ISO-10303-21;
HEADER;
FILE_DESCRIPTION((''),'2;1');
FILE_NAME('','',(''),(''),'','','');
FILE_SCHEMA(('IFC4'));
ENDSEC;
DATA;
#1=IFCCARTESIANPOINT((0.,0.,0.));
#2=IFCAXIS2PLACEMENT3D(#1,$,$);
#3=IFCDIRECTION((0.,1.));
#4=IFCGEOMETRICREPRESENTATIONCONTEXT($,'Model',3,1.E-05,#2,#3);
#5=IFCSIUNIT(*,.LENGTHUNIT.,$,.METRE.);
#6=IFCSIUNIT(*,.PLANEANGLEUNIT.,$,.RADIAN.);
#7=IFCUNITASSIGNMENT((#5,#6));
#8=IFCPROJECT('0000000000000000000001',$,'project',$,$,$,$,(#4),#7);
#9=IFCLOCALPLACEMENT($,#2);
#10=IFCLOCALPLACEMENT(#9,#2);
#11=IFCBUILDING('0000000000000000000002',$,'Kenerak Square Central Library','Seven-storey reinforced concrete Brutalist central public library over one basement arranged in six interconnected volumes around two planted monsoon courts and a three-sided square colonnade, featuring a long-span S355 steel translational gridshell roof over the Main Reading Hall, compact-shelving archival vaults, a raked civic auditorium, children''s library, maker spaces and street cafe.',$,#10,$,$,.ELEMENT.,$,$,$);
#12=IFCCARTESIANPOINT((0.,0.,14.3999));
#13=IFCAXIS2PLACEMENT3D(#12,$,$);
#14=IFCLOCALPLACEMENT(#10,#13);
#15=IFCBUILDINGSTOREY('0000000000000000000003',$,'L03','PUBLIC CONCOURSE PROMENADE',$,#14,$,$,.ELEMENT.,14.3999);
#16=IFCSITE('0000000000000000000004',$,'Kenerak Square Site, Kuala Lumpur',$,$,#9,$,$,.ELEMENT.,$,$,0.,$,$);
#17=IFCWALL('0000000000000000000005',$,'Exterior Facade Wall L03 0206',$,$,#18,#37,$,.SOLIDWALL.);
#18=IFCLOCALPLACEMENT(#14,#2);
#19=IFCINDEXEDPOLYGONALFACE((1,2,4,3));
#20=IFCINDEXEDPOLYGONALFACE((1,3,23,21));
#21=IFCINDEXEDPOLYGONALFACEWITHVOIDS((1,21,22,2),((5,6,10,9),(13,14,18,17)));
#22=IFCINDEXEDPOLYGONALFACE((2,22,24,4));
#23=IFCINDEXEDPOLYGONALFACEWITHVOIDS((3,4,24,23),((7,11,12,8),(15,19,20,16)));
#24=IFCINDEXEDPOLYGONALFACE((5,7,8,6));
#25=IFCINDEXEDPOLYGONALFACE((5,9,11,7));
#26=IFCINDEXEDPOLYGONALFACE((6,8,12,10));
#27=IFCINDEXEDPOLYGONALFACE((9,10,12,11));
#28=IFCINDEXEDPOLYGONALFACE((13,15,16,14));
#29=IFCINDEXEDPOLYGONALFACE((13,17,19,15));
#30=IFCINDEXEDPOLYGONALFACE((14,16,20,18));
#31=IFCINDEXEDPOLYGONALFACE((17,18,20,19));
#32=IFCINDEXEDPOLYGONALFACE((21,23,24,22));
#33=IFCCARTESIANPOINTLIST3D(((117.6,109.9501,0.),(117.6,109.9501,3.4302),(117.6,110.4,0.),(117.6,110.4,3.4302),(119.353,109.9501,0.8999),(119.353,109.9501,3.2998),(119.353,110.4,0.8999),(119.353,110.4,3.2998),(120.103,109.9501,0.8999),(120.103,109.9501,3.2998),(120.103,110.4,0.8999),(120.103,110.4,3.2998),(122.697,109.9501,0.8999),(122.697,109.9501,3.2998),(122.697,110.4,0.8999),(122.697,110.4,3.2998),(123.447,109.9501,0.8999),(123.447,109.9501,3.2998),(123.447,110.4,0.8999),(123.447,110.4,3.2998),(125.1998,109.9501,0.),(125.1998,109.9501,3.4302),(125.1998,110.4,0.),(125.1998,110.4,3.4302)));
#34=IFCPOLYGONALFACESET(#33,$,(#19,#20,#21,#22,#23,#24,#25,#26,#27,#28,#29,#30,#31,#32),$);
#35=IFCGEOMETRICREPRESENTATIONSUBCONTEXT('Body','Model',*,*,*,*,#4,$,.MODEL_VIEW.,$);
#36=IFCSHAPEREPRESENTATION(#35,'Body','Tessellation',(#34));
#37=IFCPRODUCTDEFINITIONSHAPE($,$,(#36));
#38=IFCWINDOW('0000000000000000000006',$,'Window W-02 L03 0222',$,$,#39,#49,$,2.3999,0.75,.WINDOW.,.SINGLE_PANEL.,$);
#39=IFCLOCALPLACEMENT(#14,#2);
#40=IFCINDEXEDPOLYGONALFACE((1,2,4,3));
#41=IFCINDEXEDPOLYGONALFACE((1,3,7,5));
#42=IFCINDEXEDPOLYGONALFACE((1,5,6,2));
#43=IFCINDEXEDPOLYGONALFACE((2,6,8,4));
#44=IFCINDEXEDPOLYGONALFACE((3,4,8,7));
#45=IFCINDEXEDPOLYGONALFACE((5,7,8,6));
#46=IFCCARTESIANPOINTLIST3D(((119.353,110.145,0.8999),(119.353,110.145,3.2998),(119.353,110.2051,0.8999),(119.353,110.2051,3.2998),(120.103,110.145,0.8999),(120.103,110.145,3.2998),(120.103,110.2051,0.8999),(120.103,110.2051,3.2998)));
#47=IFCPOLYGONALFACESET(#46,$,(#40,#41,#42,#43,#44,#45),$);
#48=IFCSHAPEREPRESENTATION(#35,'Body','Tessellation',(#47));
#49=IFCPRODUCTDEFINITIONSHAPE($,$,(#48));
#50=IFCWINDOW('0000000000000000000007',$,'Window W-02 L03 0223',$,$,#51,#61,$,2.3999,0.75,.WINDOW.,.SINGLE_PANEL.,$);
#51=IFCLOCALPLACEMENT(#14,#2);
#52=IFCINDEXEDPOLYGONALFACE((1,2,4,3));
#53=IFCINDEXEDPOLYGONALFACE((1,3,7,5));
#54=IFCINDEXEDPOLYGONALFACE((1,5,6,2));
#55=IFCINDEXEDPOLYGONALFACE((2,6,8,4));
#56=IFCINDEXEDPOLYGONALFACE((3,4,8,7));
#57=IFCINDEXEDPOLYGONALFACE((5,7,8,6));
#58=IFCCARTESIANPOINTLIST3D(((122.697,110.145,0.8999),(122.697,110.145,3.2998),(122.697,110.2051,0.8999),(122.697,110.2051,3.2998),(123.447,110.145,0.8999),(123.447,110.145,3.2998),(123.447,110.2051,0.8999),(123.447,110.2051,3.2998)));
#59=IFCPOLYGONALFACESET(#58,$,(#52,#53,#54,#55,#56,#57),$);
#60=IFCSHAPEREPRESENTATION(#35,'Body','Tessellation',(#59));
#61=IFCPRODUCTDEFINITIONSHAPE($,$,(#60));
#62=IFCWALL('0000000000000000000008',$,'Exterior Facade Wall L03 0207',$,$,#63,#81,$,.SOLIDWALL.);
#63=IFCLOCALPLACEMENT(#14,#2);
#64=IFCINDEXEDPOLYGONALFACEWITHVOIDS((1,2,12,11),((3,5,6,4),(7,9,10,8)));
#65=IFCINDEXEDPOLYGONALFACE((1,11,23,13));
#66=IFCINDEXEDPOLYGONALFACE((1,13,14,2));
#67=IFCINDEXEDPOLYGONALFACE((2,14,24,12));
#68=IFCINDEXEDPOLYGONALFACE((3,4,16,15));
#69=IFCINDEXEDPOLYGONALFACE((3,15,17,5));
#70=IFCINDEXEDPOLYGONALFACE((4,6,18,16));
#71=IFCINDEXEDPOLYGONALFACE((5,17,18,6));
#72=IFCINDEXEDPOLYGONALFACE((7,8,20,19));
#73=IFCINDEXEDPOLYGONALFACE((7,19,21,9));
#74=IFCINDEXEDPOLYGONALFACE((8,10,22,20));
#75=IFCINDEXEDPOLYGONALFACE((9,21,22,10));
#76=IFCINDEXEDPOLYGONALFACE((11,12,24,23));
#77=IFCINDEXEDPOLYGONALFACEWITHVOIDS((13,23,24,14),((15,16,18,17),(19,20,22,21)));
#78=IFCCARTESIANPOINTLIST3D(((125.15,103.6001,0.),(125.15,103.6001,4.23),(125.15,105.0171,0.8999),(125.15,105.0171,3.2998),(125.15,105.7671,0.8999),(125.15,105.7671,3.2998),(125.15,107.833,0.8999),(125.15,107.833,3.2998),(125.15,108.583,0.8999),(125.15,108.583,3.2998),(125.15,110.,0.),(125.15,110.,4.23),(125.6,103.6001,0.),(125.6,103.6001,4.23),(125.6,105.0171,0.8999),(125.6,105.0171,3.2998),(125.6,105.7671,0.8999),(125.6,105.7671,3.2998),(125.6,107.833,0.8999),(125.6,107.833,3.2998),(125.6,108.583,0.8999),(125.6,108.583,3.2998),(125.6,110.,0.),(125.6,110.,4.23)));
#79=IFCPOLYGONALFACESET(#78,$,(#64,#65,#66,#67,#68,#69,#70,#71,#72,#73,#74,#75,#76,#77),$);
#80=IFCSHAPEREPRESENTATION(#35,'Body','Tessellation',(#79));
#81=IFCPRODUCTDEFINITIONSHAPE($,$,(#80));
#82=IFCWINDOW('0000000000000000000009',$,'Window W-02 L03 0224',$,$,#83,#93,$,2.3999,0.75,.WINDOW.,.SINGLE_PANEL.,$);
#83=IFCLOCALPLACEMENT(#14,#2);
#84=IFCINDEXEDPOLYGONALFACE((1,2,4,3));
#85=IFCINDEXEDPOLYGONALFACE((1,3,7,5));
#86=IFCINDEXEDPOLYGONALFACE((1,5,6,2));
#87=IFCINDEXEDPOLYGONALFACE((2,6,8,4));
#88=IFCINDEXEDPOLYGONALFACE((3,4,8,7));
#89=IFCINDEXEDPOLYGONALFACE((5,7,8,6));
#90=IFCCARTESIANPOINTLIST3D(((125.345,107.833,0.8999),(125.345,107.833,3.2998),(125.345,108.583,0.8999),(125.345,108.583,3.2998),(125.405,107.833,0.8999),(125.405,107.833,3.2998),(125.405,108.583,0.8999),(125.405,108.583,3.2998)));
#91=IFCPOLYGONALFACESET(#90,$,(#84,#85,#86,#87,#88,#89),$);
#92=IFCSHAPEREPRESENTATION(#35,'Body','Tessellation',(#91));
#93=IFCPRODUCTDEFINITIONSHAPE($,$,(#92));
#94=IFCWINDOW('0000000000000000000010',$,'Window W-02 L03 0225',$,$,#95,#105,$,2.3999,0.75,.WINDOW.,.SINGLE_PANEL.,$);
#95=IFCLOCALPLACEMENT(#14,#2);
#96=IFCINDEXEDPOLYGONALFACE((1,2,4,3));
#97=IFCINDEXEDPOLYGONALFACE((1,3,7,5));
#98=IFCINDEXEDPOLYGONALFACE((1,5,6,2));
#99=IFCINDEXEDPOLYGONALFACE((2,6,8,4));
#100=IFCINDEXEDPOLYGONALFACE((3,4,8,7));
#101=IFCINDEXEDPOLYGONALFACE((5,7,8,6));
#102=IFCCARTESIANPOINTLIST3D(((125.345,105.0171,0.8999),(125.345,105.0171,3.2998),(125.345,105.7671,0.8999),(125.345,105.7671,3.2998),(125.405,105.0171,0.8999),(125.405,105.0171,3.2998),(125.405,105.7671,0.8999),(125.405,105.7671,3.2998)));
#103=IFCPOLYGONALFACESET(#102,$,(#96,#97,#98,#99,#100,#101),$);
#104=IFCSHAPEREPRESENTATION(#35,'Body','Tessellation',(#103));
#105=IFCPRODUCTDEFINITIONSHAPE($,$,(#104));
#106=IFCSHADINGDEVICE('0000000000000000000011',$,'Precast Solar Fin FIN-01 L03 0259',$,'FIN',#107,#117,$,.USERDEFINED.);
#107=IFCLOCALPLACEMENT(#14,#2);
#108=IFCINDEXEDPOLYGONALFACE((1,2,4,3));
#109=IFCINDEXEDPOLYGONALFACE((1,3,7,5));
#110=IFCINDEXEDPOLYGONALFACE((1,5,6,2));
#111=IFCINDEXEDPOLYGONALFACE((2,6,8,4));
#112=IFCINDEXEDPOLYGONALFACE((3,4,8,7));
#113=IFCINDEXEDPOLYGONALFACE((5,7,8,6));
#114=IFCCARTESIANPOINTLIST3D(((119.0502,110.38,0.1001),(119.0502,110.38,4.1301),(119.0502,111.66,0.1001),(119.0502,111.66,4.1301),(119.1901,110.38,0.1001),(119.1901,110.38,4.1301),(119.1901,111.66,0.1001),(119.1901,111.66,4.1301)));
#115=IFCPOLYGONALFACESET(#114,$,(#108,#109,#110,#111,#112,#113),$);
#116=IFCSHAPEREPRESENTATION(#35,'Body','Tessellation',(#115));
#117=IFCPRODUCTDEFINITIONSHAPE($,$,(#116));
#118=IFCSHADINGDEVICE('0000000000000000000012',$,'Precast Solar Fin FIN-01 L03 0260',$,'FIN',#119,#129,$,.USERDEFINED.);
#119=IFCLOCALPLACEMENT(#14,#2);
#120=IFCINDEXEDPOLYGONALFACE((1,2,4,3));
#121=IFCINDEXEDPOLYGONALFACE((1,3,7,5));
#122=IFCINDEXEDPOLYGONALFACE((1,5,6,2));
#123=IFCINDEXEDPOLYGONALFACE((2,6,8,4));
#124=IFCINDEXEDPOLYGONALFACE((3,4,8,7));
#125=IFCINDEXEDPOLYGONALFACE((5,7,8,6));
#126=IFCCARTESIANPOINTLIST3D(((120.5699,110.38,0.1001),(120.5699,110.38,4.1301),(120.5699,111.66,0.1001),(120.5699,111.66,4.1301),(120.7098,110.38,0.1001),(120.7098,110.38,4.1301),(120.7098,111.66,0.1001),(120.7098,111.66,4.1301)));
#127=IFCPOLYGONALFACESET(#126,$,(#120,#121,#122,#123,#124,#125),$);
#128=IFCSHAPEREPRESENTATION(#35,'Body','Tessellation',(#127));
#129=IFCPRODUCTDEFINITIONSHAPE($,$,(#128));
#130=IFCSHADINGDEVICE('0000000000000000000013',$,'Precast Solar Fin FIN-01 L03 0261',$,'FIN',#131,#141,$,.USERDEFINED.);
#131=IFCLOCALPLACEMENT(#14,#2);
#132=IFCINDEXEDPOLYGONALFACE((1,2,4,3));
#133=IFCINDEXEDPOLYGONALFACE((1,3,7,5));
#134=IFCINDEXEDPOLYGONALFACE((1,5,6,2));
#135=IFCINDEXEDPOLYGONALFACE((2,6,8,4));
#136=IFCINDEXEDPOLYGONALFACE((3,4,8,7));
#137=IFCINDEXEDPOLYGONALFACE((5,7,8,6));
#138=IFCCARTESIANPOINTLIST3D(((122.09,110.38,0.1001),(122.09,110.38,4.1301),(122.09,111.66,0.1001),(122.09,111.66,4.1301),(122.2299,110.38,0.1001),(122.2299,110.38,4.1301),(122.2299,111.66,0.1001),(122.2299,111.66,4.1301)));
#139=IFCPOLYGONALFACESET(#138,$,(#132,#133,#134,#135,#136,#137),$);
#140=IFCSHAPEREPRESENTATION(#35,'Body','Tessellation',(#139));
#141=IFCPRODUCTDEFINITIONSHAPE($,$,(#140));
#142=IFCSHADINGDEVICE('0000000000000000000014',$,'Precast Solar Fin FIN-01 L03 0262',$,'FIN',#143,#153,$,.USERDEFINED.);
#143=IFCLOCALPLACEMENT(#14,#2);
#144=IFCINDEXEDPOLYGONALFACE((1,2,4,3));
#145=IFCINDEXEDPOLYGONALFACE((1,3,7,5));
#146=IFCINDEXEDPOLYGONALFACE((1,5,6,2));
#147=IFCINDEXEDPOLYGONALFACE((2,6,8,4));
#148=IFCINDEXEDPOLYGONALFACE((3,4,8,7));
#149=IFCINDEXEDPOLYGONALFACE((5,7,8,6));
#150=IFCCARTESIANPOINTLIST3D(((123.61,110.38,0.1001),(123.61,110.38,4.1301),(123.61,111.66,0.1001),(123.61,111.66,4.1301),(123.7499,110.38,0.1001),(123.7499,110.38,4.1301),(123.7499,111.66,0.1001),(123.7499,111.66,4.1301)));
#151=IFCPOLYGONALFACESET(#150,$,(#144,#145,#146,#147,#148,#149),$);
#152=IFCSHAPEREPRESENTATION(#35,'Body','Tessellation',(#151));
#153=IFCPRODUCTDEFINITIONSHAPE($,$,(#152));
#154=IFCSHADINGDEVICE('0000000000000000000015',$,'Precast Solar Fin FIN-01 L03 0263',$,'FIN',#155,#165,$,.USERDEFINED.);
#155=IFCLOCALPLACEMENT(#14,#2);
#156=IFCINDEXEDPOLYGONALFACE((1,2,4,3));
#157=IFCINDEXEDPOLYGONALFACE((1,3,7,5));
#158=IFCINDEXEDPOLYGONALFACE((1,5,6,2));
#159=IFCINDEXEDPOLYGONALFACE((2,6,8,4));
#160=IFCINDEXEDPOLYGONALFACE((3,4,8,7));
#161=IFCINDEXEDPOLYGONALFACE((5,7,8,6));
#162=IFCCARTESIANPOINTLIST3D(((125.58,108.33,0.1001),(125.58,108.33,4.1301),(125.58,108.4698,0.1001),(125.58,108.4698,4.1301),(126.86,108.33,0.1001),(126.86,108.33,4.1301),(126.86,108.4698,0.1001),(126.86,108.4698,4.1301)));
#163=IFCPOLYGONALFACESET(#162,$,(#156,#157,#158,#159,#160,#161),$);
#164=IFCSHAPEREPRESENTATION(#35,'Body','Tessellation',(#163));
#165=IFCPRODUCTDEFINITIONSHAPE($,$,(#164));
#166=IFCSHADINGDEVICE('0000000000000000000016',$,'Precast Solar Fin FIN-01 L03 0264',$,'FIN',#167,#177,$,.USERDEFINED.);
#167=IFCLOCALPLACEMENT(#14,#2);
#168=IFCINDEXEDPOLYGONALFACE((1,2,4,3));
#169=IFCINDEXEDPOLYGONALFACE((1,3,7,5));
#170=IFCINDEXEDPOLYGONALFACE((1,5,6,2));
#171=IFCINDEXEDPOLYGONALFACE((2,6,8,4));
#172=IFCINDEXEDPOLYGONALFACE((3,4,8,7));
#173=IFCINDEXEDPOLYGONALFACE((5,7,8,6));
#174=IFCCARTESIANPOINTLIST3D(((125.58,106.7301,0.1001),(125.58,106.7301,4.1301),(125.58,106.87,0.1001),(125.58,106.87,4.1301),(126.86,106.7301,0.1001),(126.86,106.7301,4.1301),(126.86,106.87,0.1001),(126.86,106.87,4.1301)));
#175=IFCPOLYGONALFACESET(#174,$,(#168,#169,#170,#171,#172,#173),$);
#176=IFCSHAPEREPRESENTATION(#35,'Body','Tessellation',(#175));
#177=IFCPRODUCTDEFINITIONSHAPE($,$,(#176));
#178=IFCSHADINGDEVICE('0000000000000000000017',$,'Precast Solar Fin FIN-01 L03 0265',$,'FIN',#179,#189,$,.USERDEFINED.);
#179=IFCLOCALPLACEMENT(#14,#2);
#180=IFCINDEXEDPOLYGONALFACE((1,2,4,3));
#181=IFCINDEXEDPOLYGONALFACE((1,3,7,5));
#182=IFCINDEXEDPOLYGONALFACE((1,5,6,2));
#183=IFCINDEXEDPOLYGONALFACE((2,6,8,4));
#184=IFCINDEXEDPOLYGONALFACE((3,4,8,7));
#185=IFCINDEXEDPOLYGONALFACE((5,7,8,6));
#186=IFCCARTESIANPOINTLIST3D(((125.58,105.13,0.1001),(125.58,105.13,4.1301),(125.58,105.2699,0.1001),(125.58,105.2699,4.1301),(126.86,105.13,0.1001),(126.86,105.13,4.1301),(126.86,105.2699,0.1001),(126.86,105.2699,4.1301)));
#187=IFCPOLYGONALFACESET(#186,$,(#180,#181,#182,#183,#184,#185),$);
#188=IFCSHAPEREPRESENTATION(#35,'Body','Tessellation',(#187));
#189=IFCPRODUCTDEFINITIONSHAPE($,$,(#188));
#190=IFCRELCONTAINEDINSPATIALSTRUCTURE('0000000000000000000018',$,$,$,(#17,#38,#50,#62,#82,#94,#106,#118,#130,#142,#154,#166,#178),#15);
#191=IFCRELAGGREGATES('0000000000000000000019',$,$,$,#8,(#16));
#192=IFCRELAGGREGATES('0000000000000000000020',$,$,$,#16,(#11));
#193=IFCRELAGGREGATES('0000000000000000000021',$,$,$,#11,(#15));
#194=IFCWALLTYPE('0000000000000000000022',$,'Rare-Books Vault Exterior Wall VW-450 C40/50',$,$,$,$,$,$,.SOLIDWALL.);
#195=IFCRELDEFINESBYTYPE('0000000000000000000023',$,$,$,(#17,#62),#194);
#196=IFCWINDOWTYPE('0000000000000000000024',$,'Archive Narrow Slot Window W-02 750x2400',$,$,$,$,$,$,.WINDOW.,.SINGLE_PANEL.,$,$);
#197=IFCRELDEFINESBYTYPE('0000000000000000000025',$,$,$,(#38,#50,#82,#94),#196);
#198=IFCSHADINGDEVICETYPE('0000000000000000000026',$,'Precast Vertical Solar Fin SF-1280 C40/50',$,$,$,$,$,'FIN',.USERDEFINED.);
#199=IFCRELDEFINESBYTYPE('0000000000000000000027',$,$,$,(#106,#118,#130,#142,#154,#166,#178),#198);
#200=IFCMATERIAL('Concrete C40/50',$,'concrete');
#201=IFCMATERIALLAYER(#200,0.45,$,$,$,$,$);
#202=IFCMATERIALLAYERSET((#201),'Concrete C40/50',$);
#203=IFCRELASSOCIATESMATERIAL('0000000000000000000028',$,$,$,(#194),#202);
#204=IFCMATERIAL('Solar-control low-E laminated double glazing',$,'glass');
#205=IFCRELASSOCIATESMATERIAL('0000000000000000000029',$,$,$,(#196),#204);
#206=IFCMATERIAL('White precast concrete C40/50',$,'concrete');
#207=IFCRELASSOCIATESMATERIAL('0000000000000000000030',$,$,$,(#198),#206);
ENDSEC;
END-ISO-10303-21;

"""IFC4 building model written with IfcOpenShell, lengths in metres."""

from ifc_helpers import new_model, si_unit, direction, frame, frame_2d, origin, origin_2d, place, context, subcontext, project, spatial, rectangle, extrude, material, layer, layer_set, type_object, element, fill, save


model = new_model("IFC4")

# Units and contexts
model_context = context("Model", 3, precision=1e-05, world=origin(), true_north=direction((0.0, 1.0)))
body_context = subcontext(model_context, "Body", "Model", "MODEL_VIEW")
ifc_project = project(units=[si_unit("LENGTHUNIT", "METRE"), si_unit("PLANEANGLEUNIT", "RADIAN")], contexts=[model_context])

# Site, building, storey
site_placement = place(None, origin())
site = spatial("IfcSite", under=ifc_project, at=site_placement, Name="Kenerak Square Site, Kuala Lumpur", CompositionType="ELEMENT", RefElevation=0.0)
building_placement = place(site_placement, origin())
building = spatial("IfcBuilding", under=site, at=building_placement, Name="Kenerak Square Central Library", Description="Seven-storey reinforced concrete Brutalist central public library over one basement arranged in six interconnected volumes around two planted monsoon courts and a three-sided square colonnade, featuring a long-span S355 steel translational gridshell roof over the Main Reading Hall, compact-shelving archival vaults, a raked civic auditorium, children's library, maker spaces and street cafe.", CompositionType="ELEMENT")
storey_placement = place(building_placement, frame((0.0, 0.0, 14.3999)))
storey = spatial("IfcBuildingStorey", under=building, at=storey_placement, Name="L03", Description="PUBLIC CONCOURSE PROMENADE", CompositionType="ELEMENT", Elevation=14.3999)

# Shared definitions
ifc_material_1 = material(Name="Concrete C40/50", Category="concrete")

# Walls, openings, windows
ifc_layer_1 = layer(ifc_material_1, 0.45)
ifc_layer_set_1 = layer_set([ifc_layer_1], Name="Concrete C40/50")
wall_type_1 = type_object("IfcWallType", Name="Rare-Books Vault Exterior Wall VW-450 C40/50", PredefinedType="SOLIDWALL", material=ifc_layer_set_1)
wall_1_placement = place(storey_placement, frame((117.6001, 110.175, 0.0), z_axis=(0.0, 0.0, 1.0), x_axis=(1.0, 0.0, 0.0)))
wall_1 = element("IfcWall", 1, at=wall_1_placement, inside=storey, type_object=wall_type_1, Name="Exterior Facade Wall L03 0206", PredefinedType="SOLIDWALL", context=body_context, shape_type="SweptSolid", body=[
    extrude(rectangle(XDim=7.5999, YDim=0.45, at=frame_2d((3.7998, 0.0))), origin(), (0.0, 0.0, 1.0), 3.4302),
])
opening_1_placement = place(wall_1_placement, frame((1.7529, 0.0, 0.8999)))
opening_1 = element("IfcOpeningElement", 2, at=opening_1_placement, cuts=wall_1, PredefinedType="OPENING", context=body_context, shape_type="SweptSolid", body=[
    extrude(rectangle(XDim=0.75, YDim=2.3999, at=frame_2d((0.375, 1.2))), frame((0.0, 0.2349, 0.0), z_axis=(0.0, -1.0, 0.0), x_axis=(1.0, 0.0, 0.0)), (0.0, 0.0, 1.0), 0.47),
])
opening_2_placement = place(wall_1_placement, frame((5.0969, 0.0, 0.8999)))
opening_2 = element("IfcOpeningElement", 3, at=opening_2_placement, cuts=wall_1, PredefinedType="OPENING", context=body_context, shape_type="SweptSolid", body=[
    extrude(rectangle(XDim=0.75, YDim=2.3999, at=frame_2d((0.375, 1.2))), frame((0.0, 0.2349, 0.0), z_axis=(0.0, -1.0, 0.0), x_axis=(1.0, 0.0, 0.0)), (0.0, 0.0, 1.0), 0.47),
])
ifc_material_2 = material(Name="Solar-control low-E laminated double glazing", Category="glass")
window_type = type_object("IfcWindowType", Name="Archive Narrow Slot Window W-02 750x2400", PartitioningType="SINGLE_PANEL", PredefinedType="WINDOW", material=ifc_material_2)
window_1_placement = place(opening_1_placement, origin())
window_1 = element("IfcWindow", 4, at=window_1_placement, inside=storey, type_object=window_type, Name="Window W-02 L03 0222", OverallHeight=2.3999, OverallWidth=0.75, PartitioningType="SINGLE_PANEL", PredefinedType="WINDOW", context=body_context, shape_type="SweptSolid", body=[
    extrude(rectangle(XDim=0.75, YDim=2.3999, at=frame_2d((0.375, 1.2))), frame((0.0, 0.03, 0.0), z_axis=(0.0, -1.0, 0.0), x_axis=(1.0, 0.0, 0.0)), (0.0, 0.0, 1.0), 0.0601),
])
fill(opening_1, window_1)
window_2_placement = place(opening_2_placement, origin())
window_2 = element("IfcWindow", 5, at=window_2_placement, inside=storey, type_object=window_type, Name="Window W-02 L03 0223", OverallHeight=2.3999, OverallWidth=0.75, PartitioningType="SINGLE_PANEL", PredefinedType="WINDOW", context=body_context, shape_type="SweptSolid", body=[
    extrude(rectangle(XDim=0.75, YDim=2.3999, at=frame_2d((0.375, 1.2))), frame((0.0, 0.03, 0.0), z_axis=(0.0, -1.0, 0.0), x_axis=(1.0, 0.0, 0.0)), (0.0, 0.0, 1.0), 0.0601),
])
fill(opening_2, window_2)
wall_2_placement = place(storey_placement, frame((125.375, 110.0, 0.0), z_axis=(0.0, 0.0, 1.0), x_axis=(0.0, -1.0, 0.0)))
wall_2 = element("IfcWall", 6, at=wall_2_placement, inside=storey, type_object=wall_type_1, Name="Exterior Facade Wall L03 0207", PredefinedType="SOLIDWALL", context=body_context, shape_type="SweptSolid", body=[
    extrude(rectangle(XDim=6.3999, YDim=0.45, at=frame_2d((3.2, 0.0))), origin(), (0.0, 0.0, 1.0), 4.23),
])
opening_3_placement = place(wall_2_placement, frame((1.417, 0.0, 0.8999)))
opening_3 = element("IfcOpeningElement", 7, at=opening_3_placement, cuts=wall_2, PredefinedType="OPENING", context=body_context, shape_type="SweptSolid", body=[
    extrude(rectangle(XDim=0.75, YDim=2.3999, at=frame_2d((0.375, 1.2))), frame((0.0, 0.2349, 0.0), z_axis=(0.0, -1.0, 0.0), x_axis=(1.0, 0.0, 0.0)), (0.0, 0.0, 1.0), 0.47),
])
opening_4_placement = place(wall_2_placement, frame((4.2329, 0.0, 0.8999)))
opening_4 = element("IfcOpeningElement", 8, at=opening_4_placement, cuts=wall_2, PredefinedType="OPENING", context=body_context, shape_type="SweptSolid", body=[
    extrude(rectangle(XDim=0.75, YDim=2.3999, at=frame_2d((0.375, 1.2))), frame((0.0, 0.2349, 0.0), z_axis=(0.0, -1.0, 0.0), x_axis=(1.0, 0.0, 0.0)), (0.0, 0.0, 1.0), 0.47),
])
window_3_placement = place(opening_3_placement, origin())
window_3 = element("IfcWindow", 9, at=window_3_placement, inside=storey, type_object=window_type, Name="Window W-02 L03 0224", OverallHeight=2.3999, OverallWidth=0.75, PartitioningType="SINGLE_PANEL", PredefinedType="WINDOW", context=body_context, shape_type="SweptSolid", body=[
    extrude(rectangle(XDim=0.75, YDim=2.3999, at=frame_2d((0.375, 1.2))), frame((0.0, 0.03, 0.0), z_axis=(0.0, -1.0, 0.0), x_axis=(1.0, 0.0, 0.0)), (0.0, 0.0, 1.0), 0.0601),
])
fill(opening_3, window_3)
window_4_placement = place(opening_4_placement, origin())
window_4 = element("IfcWindow", 10, at=window_4_placement, inside=storey, type_object=window_type, Name="Window W-02 L03 0225", OverallHeight=2.3999, OverallWidth=0.75, PartitioningType="SINGLE_PANEL", PredefinedType="WINDOW", context=body_context, shape_type="SweptSolid", body=[
    extrude(rectangle(XDim=0.75, YDim=2.3999, at=frame_2d((0.375, 1.2))), frame((0.0, 0.03, 0.0), z_axis=(0.0, -1.0, 0.0), x_axis=(1.0, 0.0, 0.0)), (0.0, 0.0, 1.0), 0.0601),
])
fill(opening_4, window_4)

# Shading devices
ifc_material_3 = material(Name="White precast concrete C40/50", Category="concrete")
shading_device_type = type_object("IfcShadingDeviceType", Name="Precast Vertical Solar Fin SF-1280 C40/50", ElementType="FIN", PredefinedType="USERDEFINED", material=ifc_material_3)
for number, where, z_axis, x_axis, name in (
    (11, (119.1201, 111.02, 0.1001), (0.0, 0.0, 1.0), (1.0, 0.0, 0.0), "Precast Solar Fin FIN-01 L03 0259"),
    (12, (120.6399, 111.02, 0.1001), (0.0, 0.0, 1.0), (1.0, 0.0, 0.0), "Precast Solar Fin FIN-01 L03 0260"),
    (13, (122.1599, 111.02, 0.1001), (0.0, 0.0, 1.0), (1.0, 0.0, 0.0), "Precast Solar Fin FIN-01 L03 0261"),
    (14, (123.6799, 111.02, 0.1001), (0.0, 0.0, 1.0), (1.0, 0.0, 0.0), "Precast Solar Fin FIN-01 L03 0262"),
    (15, (126.22, 108.3999, 0.1001), (0.0, 0.0, 1.0), (0.0, -1.0, 0.0), "Precast Solar Fin FIN-01 L03 0263"),
    (16, (126.22, 106.8, 0.1001), (0.0, 0.0, 1.0), (0.0, -1.0, 0.0), "Precast Solar Fin FIN-01 L03 0264"),
    (17, (126.22, 105.2, 0.1001), (0.0, 0.0, 1.0), (0.0, -1.0, 0.0), "Precast Solar Fin FIN-01 L03 0265"),
):
    element("IfcShadingDevice", number, at=place(storey_placement, frame(where, z_axis=z_axis, x_axis=x_axis)), inside=storey, type_object=shading_device_type, Name=name, ObjectType="FIN", PredefinedType="USERDEFINED", context=body_context, shape_type="SweptSolid", body=[
        extrude(rectangle(XDim=0.1399, YDim=1.28, at=origin_2d()), origin(), (0.0, 0.0, 1.0), 4.03),
    ])

save(model, "model.ifc")
